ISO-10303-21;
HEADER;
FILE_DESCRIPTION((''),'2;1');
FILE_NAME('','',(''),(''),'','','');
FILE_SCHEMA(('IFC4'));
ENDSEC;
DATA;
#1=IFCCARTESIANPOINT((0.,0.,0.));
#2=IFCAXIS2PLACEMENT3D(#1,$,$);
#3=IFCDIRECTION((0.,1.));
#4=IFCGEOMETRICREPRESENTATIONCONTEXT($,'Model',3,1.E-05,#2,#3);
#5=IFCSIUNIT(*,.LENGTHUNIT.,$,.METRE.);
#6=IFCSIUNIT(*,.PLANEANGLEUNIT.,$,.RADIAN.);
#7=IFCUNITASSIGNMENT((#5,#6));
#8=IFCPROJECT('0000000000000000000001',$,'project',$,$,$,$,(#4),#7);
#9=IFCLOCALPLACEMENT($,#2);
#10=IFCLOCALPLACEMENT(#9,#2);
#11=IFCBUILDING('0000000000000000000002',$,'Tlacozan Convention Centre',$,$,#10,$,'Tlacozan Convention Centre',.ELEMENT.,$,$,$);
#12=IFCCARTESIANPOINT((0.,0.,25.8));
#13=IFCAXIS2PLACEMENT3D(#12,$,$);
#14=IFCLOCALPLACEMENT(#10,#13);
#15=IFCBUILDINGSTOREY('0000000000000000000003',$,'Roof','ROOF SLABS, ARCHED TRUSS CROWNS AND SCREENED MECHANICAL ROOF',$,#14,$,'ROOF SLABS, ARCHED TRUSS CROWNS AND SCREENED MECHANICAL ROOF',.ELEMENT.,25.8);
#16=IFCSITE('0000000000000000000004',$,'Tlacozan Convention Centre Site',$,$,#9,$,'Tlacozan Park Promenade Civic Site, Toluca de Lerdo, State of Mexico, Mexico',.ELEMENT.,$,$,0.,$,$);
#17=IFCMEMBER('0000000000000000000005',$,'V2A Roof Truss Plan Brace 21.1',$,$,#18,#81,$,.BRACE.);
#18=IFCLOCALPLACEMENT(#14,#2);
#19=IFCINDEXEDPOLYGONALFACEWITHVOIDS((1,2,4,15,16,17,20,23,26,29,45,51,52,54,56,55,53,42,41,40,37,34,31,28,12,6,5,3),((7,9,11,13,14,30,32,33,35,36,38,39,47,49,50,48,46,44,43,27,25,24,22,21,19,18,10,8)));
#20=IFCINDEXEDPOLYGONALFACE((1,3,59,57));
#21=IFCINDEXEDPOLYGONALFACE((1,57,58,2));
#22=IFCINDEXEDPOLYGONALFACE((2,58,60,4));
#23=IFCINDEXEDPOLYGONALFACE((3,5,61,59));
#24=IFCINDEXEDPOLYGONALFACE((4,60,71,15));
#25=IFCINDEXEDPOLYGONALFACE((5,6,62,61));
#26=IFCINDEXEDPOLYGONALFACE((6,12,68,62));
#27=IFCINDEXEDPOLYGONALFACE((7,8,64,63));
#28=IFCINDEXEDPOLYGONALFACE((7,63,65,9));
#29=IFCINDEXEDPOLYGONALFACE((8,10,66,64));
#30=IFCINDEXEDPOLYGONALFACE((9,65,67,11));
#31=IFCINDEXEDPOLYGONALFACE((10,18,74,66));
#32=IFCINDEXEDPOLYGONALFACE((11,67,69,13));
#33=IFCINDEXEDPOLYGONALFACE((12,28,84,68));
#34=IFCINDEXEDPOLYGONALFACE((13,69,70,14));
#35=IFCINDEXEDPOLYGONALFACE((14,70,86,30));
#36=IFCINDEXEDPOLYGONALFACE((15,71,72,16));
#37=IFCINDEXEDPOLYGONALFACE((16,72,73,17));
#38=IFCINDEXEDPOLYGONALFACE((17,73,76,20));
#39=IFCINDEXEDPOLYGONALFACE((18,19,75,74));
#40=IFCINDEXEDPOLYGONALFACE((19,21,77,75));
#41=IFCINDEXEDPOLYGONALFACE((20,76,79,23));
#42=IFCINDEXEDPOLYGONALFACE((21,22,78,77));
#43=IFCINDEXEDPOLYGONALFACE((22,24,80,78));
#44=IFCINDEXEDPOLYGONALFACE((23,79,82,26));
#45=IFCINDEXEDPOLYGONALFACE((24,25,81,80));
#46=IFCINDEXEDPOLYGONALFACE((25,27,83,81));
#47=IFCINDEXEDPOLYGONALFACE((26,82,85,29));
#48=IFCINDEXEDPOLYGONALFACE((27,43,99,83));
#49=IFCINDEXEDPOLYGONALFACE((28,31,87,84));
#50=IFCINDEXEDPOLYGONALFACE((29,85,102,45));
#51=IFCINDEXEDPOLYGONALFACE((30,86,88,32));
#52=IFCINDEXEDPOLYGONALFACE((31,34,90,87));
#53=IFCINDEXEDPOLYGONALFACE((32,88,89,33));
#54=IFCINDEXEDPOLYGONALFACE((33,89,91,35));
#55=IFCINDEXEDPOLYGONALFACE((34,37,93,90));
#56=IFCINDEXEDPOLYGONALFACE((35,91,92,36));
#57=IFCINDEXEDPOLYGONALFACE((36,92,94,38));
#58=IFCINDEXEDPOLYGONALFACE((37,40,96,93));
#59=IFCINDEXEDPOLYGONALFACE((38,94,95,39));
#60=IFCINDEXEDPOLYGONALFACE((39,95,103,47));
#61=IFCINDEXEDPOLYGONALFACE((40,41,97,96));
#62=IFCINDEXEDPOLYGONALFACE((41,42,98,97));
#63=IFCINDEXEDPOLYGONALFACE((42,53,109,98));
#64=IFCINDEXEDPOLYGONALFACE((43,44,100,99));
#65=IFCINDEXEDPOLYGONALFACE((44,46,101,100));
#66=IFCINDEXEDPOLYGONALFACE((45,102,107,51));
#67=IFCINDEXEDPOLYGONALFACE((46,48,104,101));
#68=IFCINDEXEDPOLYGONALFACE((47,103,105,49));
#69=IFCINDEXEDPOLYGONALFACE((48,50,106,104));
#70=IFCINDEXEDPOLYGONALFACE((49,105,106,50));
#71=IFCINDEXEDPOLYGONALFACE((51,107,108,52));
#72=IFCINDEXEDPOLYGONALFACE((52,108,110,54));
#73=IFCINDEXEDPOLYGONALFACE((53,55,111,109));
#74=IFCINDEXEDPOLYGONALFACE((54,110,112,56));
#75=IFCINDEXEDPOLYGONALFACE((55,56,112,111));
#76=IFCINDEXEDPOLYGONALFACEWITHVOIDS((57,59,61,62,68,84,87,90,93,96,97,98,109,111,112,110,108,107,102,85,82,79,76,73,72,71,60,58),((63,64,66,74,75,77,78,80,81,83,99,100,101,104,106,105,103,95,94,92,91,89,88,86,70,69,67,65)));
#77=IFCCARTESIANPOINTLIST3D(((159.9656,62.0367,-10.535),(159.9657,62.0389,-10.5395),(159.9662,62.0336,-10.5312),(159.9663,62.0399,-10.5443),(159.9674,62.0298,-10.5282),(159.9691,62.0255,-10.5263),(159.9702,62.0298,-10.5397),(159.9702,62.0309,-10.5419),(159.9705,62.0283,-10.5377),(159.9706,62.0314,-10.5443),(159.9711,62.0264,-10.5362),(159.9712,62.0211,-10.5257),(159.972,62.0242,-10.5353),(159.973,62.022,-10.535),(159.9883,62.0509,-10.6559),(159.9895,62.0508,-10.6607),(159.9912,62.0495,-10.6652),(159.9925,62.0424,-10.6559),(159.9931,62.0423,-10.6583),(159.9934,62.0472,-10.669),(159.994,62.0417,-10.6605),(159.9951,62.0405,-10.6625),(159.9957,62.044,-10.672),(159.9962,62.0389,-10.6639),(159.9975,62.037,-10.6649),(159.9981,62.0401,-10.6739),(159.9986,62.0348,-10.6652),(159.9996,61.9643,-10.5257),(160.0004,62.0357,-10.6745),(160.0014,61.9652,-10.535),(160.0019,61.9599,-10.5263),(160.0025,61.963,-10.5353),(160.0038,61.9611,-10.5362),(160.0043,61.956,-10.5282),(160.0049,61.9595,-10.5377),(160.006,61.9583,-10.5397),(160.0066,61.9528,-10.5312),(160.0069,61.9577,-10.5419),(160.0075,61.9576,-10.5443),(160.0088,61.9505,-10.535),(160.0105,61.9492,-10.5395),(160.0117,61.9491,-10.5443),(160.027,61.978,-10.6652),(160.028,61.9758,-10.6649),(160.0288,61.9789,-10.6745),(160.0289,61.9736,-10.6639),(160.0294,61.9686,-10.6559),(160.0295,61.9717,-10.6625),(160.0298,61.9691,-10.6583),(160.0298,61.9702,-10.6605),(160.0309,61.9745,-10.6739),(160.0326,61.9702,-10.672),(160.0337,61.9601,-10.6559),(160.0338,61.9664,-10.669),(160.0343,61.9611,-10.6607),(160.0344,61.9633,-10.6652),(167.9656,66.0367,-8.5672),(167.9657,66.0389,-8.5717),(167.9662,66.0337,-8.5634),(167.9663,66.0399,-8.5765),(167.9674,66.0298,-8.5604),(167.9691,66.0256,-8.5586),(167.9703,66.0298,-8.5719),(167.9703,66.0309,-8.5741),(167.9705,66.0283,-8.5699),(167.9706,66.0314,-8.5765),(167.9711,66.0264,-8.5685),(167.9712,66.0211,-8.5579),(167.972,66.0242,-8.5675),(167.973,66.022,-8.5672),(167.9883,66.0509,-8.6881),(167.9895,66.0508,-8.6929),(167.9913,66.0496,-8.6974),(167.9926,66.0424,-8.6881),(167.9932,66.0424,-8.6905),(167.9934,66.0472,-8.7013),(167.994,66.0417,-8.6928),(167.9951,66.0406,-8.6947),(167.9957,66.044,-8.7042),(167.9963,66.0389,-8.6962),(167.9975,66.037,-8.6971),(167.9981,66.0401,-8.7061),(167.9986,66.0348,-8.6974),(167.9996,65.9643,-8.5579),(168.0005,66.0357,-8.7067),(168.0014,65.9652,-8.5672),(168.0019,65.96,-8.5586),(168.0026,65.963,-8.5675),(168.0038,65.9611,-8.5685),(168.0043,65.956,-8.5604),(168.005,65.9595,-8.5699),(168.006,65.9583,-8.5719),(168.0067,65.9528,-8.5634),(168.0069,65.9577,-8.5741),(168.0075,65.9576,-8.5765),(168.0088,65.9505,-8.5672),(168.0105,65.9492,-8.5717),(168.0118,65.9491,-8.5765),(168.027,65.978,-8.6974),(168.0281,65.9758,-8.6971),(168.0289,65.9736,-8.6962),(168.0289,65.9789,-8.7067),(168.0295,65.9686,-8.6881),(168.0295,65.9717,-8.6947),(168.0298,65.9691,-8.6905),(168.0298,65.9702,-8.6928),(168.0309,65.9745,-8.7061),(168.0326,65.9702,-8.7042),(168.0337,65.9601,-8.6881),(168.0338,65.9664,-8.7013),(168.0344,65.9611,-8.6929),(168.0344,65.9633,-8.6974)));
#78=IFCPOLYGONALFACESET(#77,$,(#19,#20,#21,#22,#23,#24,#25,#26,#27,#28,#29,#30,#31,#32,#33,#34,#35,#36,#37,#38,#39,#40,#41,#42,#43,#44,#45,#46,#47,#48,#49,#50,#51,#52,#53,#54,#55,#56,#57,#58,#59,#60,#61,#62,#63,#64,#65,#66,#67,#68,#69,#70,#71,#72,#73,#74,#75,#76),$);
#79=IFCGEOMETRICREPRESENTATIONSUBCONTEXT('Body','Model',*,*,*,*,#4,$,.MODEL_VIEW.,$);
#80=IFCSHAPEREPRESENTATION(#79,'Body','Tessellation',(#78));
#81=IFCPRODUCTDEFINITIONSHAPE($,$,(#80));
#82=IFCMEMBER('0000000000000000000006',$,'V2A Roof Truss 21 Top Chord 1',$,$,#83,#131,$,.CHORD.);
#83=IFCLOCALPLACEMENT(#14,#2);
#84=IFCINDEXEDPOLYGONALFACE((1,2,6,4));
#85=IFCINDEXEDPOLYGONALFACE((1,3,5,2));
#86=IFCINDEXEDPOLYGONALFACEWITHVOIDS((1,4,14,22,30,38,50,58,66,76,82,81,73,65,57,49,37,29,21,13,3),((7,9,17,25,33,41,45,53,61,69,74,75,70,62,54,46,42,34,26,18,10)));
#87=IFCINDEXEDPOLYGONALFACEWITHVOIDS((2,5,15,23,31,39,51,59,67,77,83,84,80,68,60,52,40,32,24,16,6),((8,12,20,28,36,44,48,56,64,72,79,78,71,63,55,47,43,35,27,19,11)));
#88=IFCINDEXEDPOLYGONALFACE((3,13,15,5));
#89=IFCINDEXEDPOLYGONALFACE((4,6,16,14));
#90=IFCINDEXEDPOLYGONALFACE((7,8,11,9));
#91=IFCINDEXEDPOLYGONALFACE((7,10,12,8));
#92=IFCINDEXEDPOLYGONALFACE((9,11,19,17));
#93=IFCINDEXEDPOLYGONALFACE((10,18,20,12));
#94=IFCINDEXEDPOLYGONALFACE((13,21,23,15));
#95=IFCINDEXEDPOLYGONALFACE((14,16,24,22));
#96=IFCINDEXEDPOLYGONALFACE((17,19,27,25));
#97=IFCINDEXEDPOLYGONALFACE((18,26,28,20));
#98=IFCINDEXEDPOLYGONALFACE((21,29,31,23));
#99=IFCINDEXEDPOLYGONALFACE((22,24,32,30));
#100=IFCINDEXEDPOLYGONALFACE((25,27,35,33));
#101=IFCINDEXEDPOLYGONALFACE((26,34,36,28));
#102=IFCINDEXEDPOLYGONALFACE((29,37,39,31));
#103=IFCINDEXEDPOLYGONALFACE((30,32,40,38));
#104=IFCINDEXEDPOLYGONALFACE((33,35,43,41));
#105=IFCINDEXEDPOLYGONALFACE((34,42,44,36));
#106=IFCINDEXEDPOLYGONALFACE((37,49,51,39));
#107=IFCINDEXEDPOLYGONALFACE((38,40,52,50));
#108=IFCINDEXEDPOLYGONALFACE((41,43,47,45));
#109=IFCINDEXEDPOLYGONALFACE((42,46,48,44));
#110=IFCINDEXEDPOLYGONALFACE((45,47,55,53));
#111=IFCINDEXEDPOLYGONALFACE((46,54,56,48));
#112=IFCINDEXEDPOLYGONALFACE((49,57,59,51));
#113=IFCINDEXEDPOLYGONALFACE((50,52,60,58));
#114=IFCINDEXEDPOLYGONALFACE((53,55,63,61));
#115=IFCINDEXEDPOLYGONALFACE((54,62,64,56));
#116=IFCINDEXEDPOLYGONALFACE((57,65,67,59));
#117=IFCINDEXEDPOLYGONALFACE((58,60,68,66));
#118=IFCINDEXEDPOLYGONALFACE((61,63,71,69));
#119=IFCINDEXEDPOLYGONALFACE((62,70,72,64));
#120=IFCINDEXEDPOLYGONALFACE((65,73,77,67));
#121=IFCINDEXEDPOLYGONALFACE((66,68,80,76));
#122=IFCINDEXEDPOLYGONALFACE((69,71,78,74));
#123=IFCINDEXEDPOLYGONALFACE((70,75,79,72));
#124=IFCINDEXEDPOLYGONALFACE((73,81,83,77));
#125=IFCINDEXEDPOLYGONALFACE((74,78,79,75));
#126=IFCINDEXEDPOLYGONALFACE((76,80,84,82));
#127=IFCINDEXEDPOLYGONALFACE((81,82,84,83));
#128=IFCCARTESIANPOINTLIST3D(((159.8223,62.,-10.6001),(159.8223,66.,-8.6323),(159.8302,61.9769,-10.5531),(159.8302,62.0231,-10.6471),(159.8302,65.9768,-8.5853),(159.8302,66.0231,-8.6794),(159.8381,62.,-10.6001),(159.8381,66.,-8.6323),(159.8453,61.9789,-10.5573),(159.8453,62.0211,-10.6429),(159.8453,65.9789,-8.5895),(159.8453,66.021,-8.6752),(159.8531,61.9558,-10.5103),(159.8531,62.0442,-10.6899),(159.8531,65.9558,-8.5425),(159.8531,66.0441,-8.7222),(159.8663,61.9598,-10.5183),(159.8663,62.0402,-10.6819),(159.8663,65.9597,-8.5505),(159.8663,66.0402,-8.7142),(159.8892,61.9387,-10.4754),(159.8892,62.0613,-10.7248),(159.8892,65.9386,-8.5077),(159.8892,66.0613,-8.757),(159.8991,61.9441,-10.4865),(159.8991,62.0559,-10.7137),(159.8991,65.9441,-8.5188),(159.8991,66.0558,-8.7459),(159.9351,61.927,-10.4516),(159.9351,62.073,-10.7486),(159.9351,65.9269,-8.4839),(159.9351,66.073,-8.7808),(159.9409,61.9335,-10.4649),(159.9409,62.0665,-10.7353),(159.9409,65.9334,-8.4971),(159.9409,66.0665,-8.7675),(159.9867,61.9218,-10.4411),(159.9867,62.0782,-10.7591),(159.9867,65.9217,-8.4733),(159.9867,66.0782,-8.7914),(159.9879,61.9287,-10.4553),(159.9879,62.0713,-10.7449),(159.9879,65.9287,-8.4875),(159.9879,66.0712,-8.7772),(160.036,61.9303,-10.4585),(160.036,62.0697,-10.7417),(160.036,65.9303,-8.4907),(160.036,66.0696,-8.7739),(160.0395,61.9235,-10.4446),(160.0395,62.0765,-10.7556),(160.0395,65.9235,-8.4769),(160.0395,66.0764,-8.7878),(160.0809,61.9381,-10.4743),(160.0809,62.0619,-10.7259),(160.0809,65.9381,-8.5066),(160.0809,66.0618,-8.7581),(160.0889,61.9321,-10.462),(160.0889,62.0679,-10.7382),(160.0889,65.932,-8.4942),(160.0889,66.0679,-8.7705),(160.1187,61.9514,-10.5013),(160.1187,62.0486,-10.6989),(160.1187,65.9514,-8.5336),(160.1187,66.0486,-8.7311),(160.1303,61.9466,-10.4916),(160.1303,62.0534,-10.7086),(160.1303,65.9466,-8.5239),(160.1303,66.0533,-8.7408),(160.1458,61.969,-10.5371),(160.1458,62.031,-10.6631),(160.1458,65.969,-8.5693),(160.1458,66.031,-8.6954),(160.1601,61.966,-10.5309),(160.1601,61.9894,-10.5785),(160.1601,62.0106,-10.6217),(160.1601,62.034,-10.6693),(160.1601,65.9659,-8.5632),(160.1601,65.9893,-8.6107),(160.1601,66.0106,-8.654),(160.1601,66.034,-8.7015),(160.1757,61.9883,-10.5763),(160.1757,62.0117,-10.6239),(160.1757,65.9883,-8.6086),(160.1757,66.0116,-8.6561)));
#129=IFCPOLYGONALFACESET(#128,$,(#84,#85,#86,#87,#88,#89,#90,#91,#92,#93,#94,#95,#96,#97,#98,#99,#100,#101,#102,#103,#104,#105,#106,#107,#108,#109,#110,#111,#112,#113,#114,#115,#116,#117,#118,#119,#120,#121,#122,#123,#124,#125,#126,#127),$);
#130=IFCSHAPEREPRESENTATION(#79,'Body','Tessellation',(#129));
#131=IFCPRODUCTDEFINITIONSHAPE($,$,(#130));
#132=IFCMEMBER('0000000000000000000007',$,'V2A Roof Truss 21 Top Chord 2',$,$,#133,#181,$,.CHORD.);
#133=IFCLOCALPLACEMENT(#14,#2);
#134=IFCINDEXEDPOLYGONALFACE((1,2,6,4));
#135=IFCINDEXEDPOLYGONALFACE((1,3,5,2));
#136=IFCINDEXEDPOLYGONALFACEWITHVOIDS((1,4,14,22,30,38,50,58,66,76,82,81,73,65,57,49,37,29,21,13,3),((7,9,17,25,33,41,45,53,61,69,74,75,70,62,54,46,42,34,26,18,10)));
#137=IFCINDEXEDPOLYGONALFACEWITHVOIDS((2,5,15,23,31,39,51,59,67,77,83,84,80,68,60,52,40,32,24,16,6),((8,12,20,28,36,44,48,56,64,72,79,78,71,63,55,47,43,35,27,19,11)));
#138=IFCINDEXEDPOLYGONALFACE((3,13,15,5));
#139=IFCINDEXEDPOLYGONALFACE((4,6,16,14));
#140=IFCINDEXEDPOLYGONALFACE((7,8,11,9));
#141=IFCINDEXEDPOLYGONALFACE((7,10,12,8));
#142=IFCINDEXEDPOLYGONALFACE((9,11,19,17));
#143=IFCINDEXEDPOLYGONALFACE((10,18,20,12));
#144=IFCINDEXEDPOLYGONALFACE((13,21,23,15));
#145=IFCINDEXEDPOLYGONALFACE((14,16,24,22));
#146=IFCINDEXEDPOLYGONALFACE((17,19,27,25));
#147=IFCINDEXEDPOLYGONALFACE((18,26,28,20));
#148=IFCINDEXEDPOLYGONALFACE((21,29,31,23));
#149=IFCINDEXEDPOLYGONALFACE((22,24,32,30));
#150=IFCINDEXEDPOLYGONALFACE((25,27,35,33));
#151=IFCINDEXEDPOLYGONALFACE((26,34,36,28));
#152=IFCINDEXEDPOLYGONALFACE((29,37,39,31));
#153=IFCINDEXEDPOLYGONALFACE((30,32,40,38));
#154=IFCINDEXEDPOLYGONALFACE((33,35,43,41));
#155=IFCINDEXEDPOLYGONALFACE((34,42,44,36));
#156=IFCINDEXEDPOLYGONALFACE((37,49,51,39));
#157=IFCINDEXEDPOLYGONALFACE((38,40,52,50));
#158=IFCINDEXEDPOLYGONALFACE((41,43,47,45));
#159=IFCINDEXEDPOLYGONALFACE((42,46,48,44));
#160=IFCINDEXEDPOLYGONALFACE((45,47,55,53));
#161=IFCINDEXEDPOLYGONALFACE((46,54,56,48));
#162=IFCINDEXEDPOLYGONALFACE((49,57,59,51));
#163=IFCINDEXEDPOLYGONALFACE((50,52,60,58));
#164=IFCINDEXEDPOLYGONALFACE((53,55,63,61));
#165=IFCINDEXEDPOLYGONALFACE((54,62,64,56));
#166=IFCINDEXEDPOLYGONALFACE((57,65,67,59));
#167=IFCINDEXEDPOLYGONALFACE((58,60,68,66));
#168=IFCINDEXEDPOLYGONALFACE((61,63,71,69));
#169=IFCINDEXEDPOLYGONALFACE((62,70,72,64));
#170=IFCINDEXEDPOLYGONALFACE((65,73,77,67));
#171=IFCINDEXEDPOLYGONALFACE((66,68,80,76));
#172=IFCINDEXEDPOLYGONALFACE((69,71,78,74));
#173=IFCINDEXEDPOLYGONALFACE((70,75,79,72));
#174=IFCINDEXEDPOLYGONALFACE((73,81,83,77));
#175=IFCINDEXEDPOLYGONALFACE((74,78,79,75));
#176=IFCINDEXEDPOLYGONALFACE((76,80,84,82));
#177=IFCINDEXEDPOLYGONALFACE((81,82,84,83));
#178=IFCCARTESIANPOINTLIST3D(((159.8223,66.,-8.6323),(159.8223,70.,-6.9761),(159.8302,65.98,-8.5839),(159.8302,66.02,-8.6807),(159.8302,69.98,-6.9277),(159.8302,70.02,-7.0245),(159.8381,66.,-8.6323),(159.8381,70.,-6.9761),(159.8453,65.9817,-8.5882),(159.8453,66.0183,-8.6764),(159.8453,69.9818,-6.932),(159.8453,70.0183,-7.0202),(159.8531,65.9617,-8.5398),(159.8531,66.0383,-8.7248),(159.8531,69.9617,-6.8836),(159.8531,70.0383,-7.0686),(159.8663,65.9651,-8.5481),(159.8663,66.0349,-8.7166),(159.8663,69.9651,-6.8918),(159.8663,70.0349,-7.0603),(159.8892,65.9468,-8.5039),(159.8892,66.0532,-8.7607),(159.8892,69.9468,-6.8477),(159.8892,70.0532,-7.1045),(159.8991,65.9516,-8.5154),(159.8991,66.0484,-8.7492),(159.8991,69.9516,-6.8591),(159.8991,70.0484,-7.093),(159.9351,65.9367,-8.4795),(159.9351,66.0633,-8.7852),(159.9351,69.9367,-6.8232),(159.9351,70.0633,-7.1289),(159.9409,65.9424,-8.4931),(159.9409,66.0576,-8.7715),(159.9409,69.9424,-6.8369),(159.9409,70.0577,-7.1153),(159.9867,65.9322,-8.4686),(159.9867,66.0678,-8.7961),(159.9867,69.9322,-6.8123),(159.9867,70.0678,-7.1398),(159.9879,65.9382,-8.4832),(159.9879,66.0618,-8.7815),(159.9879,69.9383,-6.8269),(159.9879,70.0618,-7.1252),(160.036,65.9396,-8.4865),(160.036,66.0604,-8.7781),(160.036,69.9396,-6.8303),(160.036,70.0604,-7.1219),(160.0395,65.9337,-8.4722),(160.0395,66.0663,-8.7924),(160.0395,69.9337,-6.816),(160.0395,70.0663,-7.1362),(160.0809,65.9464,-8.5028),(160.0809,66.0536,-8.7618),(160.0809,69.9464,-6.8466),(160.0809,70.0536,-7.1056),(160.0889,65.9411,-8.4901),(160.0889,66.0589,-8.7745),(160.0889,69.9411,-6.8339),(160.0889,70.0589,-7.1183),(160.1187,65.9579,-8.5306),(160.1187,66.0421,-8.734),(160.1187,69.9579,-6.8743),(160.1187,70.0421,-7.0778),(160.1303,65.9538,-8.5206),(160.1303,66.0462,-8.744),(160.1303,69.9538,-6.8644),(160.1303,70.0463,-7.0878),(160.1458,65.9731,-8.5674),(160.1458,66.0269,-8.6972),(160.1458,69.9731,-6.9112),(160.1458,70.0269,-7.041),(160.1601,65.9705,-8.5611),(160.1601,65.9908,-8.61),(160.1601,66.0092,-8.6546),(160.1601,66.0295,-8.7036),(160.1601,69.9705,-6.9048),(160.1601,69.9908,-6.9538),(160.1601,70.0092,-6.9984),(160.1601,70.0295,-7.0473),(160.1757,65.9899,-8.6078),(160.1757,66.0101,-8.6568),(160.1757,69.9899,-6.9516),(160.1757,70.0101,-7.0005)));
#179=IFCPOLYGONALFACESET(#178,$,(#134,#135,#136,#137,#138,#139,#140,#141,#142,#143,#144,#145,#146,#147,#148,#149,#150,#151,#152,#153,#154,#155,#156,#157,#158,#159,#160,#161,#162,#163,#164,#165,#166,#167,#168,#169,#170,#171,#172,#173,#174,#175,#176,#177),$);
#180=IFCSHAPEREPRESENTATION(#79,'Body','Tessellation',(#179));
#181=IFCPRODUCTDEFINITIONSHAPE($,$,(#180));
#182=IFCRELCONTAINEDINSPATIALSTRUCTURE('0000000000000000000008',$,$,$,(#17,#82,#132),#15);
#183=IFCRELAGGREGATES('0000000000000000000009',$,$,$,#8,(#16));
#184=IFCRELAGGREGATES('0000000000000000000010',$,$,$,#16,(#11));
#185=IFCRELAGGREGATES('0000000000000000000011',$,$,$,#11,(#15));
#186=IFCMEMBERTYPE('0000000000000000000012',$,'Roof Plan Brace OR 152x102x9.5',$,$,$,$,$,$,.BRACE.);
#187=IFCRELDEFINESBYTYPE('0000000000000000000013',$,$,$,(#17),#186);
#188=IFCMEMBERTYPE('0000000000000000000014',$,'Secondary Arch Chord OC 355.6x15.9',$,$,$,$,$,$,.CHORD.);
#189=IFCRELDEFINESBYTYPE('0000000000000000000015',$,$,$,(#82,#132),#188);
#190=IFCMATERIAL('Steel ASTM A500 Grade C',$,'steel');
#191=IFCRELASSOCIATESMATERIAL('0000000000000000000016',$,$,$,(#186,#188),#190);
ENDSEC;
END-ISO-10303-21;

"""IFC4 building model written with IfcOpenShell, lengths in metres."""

from ifc_helpers import new_model, si_unit, direction, frame, origin, origin_2d, place, context, subcontext, project, spatial, hollow_rectangle, hollow_circle, extrude, material, material_profile, profile_set, type_object, element, save


model = new_model("IFC4")

# Units and contexts
model_context = context("Model", 3, precision=1e-05, world=origin(), true_north=direction((0.0, 1.0)))
body_context = subcontext(model_context, "Body", "Model", "MODEL_VIEW")
ifc_project = project(units=[si_unit("LENGTHUNIT", "METRE"), si_unit("PLANEANGLEUNIT", "RADIAN")], contexts=[model_context])

# Site, building, storey
site_placement = place(None, origin())
site = spatial("IfcSite", under=ifc_project, at=site_placement, Name="Tlacozan Convention Centre Site", LongName="Tlacozan Park Promenade Civic Site, Toluca de Lerdo, State of Mexico, Mexico", CompositionType="ELEMENT", RefElevation=0.0)
building_placement = place(site_placement, origin())
building = spatial("IfcBuilding", under=site, at=building_placement, Name="Tlacozan Convention Centre", LongName="Tlacozan Convention Centre", CompositionType="ELEMENT")
storey_placement = place(building_placement, frame((0.0, 0.0, 25.8)))
storey = spatial("IfcBuildingStorey", under=building, at=storey_placement, Name="Roof", Description="ROOF SLABS, ARCHED TRUSS CROWNS AND SCREENED MECHANICAL ROOF", LongName="ROOF SLABS, ARCHED TRUSS CROWNS AND SCREENED MECHANICAL ROOF", CompositionType="ELEMENT", Elevation=25.8)

# Members
ifc_material_1 = material(Name="Steel ASTM A500 Grade C", Category="steel")
ifc_material_profile_1 = material_profile(ifc_material_1, hollow_rectangle(XDim=0.1016, YDim=0.1523, WallThickness=0.0095, InnerFilletRadius=0.0095, OuterFilletRadius=0.019, at=origin_2d()), Name="OR 152x102x9.5")
ifc_profile_set_1 = profile_set([ifc_material_profile_1], Name="Steel ASTM A500 Grade C")
member_type_1 = type_object("IfcMemberType", Name="Roof Plan Brace OR 152x102x9.5", PredefinedType="BRACE", material=ifc_profile_set_1)
member_1_placement = place(storey_placement, frame((160.0, 62.0, -10.6001), z_axis=(0.873537, 0.436768, 0.214865), x_axis=(-0.447214, 0.894427, 0.0)))
element("IfcMember", 1, at=member_1_placement, inside=storey, type_object=member_type_1, Name="V2A Roof Truss Plan Brace 21.1", PredefinedType="BRACE", context=body_context, shape_type="SweptSolid", body=[
    extrude(hollow_rectangle(XDim=0.1016, YDim=0.1523, WallThickness=0.0095, InnerFilletRadius=0.0095, OuterFilletRadius=0.019, at=origin_2d()), origin(), (0.0, 0.0, 1.0), 9.1582),
])
ifc_material_profile_2 = material_profile(ifc_material_1, hollow_circle(Radius=0.1777, WallThickness=0.0159, at=origin_2d()), Name="OC 355.6x15.9")
ifc_profile_set_2 = profile_set([ifc_material_profile_2], Name="Steel ASTM A500 Grade C")
member_type_2 = type_object("IfcMemberType", Name="Secondary Arch Chord OC 355.6x15.9", PredefinedType="CHORD", material=ifc_profile_set_2)
member_2_placement = place(storey_placement, frame((160.0, 62.0, -10.6001), z_axis=(0.0, 0.8973, 0.441421), x_axis=(-1.0, 0.0, 0.0)))
element("IfcMember", 2, at=member_2_placement, inside=storey, type_object=member_type_2, Name="V2A Roof Truss 21 Top Chord 1", PredefinedType="CHORD", context=body_context, shape_type="SweptSolid", body=[
    extrude(hollow_circle(Radius=0.1777, WallThickness=0.0159, at=origin_2d()), origin(), (0.0, 0.0, 1.0), 4.4578),
])
member_3_placement = place(storey_placement, frame((160.0, 66.0, -8.6323), z_axis=(0.0, 0.923929, 0.382564), x_axis=(-1.0, 0.0, 0.0)))
element("IfcMember", 3, at=member_3_placement, inside=storey, type_object=member_type_2, Name="V2A Roof Truss 21 Top Chord 2", PredefinedType="CHORD", context=body_context, shape_type="SweptSolid", body=[
    extrude(hollow_circle(Radius=0.1777, WallThickness=0.0159, at=origin_2d()), origin(), (0.0, 0.0, 1.0), 4.3293),
])

save(model, "model.ifc")
